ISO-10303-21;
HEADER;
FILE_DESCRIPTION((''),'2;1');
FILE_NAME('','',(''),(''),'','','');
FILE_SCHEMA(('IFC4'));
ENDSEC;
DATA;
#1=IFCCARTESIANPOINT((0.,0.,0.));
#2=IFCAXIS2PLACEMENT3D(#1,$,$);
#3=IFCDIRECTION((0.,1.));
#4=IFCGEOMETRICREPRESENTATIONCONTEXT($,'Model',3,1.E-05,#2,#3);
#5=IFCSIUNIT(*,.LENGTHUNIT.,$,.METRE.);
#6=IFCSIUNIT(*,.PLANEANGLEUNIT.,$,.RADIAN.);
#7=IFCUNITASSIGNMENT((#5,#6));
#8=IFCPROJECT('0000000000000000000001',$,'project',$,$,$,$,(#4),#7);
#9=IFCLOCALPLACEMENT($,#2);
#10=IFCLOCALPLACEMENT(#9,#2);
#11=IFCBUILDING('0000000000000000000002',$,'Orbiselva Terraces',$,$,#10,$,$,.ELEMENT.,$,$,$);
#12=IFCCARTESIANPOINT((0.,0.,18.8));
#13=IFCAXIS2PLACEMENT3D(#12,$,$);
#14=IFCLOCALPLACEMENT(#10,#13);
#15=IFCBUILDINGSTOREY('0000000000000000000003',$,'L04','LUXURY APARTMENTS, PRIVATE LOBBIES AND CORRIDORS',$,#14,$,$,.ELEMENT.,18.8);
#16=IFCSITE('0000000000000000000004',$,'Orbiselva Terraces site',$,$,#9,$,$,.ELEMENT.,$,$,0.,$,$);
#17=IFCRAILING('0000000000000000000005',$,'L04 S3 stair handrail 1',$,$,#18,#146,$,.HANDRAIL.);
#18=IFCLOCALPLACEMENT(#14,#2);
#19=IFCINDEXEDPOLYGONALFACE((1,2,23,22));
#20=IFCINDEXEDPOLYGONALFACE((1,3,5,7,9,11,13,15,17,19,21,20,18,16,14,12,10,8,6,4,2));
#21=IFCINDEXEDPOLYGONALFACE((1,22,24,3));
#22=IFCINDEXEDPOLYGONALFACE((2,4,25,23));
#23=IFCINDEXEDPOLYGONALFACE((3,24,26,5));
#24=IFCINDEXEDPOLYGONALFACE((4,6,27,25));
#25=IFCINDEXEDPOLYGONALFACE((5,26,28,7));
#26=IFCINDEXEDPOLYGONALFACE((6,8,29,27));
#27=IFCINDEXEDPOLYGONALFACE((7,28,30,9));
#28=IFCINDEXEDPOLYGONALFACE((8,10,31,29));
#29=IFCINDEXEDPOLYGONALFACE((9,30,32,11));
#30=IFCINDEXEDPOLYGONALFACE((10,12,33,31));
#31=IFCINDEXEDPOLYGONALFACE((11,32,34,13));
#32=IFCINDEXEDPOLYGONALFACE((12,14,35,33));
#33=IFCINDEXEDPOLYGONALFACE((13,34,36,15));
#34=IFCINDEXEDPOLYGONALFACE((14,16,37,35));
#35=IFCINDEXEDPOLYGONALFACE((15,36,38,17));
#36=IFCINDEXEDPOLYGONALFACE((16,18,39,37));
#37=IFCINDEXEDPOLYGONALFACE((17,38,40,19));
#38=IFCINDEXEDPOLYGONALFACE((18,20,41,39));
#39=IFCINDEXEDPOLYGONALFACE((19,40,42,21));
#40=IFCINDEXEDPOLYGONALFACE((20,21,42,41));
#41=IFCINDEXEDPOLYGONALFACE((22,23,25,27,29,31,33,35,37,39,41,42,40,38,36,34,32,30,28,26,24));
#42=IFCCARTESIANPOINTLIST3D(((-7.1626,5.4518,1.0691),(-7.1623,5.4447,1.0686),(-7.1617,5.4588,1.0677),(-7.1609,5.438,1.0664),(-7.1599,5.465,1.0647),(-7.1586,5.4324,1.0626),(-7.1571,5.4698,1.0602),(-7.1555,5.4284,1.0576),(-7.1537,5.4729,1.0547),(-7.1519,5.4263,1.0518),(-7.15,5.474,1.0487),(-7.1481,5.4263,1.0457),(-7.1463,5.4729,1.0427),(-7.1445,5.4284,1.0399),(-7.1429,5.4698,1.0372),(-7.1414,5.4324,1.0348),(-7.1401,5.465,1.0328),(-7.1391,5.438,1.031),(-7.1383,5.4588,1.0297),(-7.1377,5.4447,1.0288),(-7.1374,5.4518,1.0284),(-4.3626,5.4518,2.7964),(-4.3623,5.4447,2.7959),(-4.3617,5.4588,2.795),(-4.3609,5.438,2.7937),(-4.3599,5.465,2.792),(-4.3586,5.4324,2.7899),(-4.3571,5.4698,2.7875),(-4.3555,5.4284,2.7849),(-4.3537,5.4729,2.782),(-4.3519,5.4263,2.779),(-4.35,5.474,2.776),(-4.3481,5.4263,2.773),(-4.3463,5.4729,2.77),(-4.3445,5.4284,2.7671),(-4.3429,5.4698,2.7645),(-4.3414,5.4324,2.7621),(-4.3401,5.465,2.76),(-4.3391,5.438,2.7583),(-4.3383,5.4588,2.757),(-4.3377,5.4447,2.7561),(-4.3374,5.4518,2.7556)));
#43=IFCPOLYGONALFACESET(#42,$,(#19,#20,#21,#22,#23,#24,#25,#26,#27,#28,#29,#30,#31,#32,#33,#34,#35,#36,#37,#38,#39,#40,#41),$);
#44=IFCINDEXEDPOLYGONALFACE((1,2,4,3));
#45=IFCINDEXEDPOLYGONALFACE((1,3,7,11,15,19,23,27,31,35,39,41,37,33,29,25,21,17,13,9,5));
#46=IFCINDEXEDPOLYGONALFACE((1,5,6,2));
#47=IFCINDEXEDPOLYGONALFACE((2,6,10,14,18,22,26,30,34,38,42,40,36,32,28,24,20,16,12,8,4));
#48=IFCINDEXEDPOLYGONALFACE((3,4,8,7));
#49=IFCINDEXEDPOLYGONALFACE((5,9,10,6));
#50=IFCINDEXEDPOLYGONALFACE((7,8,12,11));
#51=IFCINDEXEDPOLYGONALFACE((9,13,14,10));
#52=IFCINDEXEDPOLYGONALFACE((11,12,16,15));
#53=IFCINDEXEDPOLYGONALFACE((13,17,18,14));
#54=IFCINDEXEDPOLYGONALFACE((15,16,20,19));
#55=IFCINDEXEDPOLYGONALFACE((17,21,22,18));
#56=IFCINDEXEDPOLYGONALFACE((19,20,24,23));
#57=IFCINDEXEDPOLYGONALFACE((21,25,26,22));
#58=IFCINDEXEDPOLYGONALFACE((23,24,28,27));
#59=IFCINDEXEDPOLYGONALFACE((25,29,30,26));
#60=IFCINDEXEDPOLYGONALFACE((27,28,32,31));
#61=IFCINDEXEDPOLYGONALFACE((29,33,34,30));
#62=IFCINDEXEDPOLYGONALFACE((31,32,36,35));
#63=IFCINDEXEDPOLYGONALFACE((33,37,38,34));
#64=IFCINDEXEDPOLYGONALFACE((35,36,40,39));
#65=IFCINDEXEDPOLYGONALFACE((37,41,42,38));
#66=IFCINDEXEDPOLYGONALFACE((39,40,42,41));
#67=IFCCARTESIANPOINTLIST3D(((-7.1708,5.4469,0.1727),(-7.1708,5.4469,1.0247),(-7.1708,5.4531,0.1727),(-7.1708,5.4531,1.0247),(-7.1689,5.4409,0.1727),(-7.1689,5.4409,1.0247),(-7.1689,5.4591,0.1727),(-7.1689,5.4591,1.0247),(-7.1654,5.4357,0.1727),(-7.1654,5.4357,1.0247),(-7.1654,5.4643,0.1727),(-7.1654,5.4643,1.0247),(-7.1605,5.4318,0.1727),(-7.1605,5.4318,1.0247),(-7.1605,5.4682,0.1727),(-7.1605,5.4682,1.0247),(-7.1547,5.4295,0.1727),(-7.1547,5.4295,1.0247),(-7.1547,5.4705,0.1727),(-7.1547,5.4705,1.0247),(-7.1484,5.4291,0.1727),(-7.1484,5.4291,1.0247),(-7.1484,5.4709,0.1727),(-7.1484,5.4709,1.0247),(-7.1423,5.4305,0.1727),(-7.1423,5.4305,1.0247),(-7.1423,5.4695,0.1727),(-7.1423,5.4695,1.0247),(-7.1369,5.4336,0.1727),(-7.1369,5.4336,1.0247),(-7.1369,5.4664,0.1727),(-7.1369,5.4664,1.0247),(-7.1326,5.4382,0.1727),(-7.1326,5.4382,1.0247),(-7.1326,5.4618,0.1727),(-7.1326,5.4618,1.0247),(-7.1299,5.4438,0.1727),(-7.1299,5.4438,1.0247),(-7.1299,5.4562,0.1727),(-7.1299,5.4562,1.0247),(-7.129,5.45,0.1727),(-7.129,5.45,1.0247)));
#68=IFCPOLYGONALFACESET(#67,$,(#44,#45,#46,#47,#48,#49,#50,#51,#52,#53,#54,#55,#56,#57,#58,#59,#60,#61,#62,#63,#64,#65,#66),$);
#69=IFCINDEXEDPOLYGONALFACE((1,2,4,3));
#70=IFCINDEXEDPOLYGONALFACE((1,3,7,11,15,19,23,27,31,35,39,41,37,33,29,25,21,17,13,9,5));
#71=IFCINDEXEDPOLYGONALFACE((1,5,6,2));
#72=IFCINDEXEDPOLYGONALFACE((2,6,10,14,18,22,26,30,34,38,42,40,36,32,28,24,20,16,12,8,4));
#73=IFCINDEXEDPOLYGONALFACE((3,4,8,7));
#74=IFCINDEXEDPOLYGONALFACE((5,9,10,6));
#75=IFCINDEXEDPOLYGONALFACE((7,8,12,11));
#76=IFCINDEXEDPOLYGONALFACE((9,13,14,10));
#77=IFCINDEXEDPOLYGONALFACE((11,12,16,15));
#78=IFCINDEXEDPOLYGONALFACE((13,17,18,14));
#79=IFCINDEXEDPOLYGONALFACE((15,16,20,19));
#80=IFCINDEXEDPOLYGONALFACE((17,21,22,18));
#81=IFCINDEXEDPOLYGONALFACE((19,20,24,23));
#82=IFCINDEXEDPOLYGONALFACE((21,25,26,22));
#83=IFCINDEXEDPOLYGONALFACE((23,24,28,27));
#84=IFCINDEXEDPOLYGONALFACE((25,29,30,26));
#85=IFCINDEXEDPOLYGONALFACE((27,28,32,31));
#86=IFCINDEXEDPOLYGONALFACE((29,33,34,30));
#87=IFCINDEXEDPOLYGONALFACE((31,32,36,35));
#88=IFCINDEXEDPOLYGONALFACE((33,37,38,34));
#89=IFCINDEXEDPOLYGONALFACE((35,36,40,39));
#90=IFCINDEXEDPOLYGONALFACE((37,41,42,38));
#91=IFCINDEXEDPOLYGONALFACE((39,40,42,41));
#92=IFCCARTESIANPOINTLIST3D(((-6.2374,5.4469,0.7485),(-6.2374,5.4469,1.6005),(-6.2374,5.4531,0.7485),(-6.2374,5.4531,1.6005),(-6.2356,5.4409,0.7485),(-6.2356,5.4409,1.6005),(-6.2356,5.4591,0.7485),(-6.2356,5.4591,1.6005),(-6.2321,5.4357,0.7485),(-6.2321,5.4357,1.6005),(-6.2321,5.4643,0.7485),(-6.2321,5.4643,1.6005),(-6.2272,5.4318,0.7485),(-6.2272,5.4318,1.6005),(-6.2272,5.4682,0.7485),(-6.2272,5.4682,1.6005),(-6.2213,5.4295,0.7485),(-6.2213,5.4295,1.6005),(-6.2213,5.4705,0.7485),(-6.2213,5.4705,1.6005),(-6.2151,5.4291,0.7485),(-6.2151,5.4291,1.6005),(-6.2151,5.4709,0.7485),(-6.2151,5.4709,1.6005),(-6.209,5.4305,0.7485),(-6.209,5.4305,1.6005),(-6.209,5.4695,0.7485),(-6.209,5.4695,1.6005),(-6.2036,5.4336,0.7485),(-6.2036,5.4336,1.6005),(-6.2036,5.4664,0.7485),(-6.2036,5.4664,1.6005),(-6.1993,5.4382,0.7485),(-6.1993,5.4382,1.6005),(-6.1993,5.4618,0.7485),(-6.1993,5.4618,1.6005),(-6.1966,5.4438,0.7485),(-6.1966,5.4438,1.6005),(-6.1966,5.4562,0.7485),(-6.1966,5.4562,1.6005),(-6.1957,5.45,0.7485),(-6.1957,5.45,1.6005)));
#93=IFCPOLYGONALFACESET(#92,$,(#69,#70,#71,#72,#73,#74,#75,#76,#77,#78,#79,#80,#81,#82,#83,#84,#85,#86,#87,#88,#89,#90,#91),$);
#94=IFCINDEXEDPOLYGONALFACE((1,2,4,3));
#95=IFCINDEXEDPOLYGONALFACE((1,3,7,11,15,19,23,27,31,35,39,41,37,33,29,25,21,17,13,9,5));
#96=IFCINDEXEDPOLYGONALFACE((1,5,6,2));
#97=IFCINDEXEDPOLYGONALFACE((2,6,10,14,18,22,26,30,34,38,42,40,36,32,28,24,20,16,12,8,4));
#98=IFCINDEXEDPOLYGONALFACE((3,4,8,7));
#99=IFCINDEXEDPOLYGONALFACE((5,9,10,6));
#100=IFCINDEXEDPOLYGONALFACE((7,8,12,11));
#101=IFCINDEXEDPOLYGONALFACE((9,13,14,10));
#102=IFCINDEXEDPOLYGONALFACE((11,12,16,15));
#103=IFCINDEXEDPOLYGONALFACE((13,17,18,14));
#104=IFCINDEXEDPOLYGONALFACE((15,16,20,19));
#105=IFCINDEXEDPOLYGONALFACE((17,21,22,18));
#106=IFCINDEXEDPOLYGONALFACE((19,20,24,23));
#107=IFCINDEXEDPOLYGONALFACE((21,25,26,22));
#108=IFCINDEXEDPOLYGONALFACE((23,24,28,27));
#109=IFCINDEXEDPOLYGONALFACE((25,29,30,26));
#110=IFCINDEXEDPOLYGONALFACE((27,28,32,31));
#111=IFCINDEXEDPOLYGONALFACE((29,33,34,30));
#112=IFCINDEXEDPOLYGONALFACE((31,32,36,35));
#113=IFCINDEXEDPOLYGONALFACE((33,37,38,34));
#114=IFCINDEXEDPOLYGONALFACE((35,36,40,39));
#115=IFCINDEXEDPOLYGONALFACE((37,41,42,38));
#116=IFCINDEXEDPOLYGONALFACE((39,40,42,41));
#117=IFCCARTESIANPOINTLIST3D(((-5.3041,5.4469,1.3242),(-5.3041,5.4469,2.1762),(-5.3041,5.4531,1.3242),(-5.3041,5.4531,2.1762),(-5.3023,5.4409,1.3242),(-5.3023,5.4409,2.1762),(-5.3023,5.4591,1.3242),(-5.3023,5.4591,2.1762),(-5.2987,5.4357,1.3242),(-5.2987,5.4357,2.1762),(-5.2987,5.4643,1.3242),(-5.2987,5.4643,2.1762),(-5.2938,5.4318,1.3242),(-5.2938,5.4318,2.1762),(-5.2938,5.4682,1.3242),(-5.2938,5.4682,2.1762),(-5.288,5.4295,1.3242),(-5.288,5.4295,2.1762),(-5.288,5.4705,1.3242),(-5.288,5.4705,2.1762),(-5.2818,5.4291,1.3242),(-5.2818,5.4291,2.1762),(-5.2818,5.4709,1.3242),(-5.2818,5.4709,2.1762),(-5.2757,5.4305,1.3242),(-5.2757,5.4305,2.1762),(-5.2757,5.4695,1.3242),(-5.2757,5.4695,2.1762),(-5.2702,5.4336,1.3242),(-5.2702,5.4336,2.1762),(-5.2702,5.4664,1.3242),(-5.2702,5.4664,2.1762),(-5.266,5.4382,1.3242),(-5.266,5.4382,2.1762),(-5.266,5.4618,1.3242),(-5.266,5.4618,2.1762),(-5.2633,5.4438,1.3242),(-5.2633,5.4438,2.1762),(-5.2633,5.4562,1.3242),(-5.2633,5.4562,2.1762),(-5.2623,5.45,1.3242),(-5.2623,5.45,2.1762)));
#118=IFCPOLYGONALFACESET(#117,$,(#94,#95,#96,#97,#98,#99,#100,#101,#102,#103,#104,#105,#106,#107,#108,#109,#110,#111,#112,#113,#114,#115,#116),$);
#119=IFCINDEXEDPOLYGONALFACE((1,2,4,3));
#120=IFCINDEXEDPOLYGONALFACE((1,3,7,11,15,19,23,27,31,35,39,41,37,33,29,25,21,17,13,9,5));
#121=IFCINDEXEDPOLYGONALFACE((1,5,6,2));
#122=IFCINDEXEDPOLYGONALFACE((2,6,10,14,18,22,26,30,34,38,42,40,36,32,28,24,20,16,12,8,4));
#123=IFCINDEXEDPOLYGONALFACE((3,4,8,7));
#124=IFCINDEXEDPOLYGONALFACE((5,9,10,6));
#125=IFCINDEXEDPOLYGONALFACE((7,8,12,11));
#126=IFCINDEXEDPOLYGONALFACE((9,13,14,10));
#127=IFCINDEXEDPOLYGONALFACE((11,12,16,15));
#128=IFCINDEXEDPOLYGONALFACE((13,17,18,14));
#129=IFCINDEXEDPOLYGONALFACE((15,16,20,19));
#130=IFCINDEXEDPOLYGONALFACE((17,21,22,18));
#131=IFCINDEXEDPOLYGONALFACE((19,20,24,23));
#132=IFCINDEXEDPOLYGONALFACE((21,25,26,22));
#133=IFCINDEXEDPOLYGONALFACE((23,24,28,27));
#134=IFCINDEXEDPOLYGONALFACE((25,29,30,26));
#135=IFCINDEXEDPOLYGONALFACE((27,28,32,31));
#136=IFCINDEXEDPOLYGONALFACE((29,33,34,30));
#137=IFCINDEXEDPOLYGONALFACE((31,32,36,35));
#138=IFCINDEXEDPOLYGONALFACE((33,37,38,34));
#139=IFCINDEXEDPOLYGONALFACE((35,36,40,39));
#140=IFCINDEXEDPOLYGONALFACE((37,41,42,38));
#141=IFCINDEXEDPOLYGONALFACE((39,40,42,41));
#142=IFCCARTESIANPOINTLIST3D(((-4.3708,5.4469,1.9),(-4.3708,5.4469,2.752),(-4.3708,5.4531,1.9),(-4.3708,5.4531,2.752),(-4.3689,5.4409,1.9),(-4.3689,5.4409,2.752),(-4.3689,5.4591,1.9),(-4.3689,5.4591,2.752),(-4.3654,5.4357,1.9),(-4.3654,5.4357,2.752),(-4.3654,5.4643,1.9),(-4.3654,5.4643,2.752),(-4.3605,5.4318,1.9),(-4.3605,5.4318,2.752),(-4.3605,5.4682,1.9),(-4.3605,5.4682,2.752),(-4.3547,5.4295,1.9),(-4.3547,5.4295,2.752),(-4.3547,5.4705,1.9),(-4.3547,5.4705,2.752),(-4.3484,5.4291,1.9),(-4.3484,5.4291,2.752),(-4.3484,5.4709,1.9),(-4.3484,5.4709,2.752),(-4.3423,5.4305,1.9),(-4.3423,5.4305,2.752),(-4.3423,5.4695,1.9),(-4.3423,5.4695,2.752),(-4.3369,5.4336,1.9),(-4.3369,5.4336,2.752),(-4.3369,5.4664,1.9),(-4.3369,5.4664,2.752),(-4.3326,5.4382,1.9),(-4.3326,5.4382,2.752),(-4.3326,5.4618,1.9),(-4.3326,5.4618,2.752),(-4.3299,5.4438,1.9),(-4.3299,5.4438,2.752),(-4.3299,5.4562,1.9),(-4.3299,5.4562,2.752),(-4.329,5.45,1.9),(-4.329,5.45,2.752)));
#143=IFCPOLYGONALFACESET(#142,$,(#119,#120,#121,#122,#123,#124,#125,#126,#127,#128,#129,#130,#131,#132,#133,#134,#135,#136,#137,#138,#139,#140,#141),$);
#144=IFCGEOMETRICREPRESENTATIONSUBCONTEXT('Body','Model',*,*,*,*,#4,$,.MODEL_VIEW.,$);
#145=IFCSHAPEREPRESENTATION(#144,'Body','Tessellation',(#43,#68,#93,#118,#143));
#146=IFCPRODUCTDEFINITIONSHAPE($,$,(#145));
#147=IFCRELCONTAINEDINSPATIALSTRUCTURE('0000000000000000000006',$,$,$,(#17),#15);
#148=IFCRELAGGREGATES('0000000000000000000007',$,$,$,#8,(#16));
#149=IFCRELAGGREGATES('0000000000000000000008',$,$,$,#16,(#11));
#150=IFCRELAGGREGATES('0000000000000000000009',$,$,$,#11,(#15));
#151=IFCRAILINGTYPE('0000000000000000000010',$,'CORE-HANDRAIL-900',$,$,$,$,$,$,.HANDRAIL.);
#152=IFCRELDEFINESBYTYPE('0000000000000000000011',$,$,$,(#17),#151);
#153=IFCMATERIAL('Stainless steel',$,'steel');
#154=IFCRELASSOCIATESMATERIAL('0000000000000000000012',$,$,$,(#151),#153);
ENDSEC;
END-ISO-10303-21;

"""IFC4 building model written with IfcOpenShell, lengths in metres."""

from ifc_helpers import new_model, si_unit, direction, frame, origin, origin_2d, place, context, subcontext, project, spatial, circle, extrude, material, type_object, element, save


model = new_model("IFC4")

# Units and contexts
model_context = context("Model", 3, precision=1e-05, world=origin(), true_north=direction((0.0, 1.0)))
body_context = subcontext(model_context, "Body", "Model", "MODEL_VIEW")
ifc_project = project(units=[si_unit("LENGTHUNIT", "METRE"), si_unit("PLANEANGLEUNIT", "RADIAN")], contexts=[model_context])

# Site, building, storey
site_placement = place(None, origin())
site = spatial("IfcSite", under=ifc_project, at=site_placement, Name="Orbiselva Terraces site", CompositionType="ELEMENT", RefElevation=0.0)
building_placement = place(site_placement, origin())
building = spatial("IfcBuilding", under=site, at=building_placement, Name="Orbiselva Terraces", CompositionType="ELEMENT")
storey_placement = place(building_placement, frame((0.0, 0.0, 18.8)))
storey = spatial("IfcBuildingStorey", under=building, at=storey_placement, Name="L04", Description="LUXURY APARTMENTS, PRIVATE LOBBIES AND CORRIDORS", CompositionType="ELEMENT", Elevation=18.8)

# Railing
ifc_material_1 = material(Name="Stainless steel", Category="steel")
railing_type_1 = type_object("IfcRailingType", Name="CORE-HANDRAIL-900", PredefinedType="HANDRAIL", material=ifc_material_1)
railing_1_placement = place(storey_placement, frame((-7.15, 5.45, 0.1727)))
element("IfcRailing", 1, at=railing_1_placement, inside=storey, type_object=railing_type_1, Name="L04 S3 stair handrail 1", PredefinedType="HANDRAIL", context=body_context, shape_type="SweptSolid", body=[
    extrude(circle(Radius=0.024, at=origin_2d()), frame((0.0, 0.0, 0.876), z_axis=(0.851089, 0.0, 0.525022), x_axis=(0.0, 1.0, 0.0)), (0.0, 0.0, 1.0), 3.2899),
    extrude(circle(Radius=0.021, at=origin_2d()), origin(), (0.0, 0.0, 1.0), 0.852),
    extrude(circle(Radius=0.021, at=origin_2d()), frame((0.9333, 0.0, 0.5758)), (0.0, 0.0, 1.0), 0.852),
    extrude(circle(Radius=0.021, at=origin_2d()), frame((1.8667, 0.0, 1.1515)), (0.0, 0.0, 1.0), 0.852),
    extrude(circle(Radius=0.021, at=origin_2d()), frame((2.8, 0.0, 1.7273)), (0.0, 0.0, 1.0), 0.852),
])

save(model, "model.ifc")
